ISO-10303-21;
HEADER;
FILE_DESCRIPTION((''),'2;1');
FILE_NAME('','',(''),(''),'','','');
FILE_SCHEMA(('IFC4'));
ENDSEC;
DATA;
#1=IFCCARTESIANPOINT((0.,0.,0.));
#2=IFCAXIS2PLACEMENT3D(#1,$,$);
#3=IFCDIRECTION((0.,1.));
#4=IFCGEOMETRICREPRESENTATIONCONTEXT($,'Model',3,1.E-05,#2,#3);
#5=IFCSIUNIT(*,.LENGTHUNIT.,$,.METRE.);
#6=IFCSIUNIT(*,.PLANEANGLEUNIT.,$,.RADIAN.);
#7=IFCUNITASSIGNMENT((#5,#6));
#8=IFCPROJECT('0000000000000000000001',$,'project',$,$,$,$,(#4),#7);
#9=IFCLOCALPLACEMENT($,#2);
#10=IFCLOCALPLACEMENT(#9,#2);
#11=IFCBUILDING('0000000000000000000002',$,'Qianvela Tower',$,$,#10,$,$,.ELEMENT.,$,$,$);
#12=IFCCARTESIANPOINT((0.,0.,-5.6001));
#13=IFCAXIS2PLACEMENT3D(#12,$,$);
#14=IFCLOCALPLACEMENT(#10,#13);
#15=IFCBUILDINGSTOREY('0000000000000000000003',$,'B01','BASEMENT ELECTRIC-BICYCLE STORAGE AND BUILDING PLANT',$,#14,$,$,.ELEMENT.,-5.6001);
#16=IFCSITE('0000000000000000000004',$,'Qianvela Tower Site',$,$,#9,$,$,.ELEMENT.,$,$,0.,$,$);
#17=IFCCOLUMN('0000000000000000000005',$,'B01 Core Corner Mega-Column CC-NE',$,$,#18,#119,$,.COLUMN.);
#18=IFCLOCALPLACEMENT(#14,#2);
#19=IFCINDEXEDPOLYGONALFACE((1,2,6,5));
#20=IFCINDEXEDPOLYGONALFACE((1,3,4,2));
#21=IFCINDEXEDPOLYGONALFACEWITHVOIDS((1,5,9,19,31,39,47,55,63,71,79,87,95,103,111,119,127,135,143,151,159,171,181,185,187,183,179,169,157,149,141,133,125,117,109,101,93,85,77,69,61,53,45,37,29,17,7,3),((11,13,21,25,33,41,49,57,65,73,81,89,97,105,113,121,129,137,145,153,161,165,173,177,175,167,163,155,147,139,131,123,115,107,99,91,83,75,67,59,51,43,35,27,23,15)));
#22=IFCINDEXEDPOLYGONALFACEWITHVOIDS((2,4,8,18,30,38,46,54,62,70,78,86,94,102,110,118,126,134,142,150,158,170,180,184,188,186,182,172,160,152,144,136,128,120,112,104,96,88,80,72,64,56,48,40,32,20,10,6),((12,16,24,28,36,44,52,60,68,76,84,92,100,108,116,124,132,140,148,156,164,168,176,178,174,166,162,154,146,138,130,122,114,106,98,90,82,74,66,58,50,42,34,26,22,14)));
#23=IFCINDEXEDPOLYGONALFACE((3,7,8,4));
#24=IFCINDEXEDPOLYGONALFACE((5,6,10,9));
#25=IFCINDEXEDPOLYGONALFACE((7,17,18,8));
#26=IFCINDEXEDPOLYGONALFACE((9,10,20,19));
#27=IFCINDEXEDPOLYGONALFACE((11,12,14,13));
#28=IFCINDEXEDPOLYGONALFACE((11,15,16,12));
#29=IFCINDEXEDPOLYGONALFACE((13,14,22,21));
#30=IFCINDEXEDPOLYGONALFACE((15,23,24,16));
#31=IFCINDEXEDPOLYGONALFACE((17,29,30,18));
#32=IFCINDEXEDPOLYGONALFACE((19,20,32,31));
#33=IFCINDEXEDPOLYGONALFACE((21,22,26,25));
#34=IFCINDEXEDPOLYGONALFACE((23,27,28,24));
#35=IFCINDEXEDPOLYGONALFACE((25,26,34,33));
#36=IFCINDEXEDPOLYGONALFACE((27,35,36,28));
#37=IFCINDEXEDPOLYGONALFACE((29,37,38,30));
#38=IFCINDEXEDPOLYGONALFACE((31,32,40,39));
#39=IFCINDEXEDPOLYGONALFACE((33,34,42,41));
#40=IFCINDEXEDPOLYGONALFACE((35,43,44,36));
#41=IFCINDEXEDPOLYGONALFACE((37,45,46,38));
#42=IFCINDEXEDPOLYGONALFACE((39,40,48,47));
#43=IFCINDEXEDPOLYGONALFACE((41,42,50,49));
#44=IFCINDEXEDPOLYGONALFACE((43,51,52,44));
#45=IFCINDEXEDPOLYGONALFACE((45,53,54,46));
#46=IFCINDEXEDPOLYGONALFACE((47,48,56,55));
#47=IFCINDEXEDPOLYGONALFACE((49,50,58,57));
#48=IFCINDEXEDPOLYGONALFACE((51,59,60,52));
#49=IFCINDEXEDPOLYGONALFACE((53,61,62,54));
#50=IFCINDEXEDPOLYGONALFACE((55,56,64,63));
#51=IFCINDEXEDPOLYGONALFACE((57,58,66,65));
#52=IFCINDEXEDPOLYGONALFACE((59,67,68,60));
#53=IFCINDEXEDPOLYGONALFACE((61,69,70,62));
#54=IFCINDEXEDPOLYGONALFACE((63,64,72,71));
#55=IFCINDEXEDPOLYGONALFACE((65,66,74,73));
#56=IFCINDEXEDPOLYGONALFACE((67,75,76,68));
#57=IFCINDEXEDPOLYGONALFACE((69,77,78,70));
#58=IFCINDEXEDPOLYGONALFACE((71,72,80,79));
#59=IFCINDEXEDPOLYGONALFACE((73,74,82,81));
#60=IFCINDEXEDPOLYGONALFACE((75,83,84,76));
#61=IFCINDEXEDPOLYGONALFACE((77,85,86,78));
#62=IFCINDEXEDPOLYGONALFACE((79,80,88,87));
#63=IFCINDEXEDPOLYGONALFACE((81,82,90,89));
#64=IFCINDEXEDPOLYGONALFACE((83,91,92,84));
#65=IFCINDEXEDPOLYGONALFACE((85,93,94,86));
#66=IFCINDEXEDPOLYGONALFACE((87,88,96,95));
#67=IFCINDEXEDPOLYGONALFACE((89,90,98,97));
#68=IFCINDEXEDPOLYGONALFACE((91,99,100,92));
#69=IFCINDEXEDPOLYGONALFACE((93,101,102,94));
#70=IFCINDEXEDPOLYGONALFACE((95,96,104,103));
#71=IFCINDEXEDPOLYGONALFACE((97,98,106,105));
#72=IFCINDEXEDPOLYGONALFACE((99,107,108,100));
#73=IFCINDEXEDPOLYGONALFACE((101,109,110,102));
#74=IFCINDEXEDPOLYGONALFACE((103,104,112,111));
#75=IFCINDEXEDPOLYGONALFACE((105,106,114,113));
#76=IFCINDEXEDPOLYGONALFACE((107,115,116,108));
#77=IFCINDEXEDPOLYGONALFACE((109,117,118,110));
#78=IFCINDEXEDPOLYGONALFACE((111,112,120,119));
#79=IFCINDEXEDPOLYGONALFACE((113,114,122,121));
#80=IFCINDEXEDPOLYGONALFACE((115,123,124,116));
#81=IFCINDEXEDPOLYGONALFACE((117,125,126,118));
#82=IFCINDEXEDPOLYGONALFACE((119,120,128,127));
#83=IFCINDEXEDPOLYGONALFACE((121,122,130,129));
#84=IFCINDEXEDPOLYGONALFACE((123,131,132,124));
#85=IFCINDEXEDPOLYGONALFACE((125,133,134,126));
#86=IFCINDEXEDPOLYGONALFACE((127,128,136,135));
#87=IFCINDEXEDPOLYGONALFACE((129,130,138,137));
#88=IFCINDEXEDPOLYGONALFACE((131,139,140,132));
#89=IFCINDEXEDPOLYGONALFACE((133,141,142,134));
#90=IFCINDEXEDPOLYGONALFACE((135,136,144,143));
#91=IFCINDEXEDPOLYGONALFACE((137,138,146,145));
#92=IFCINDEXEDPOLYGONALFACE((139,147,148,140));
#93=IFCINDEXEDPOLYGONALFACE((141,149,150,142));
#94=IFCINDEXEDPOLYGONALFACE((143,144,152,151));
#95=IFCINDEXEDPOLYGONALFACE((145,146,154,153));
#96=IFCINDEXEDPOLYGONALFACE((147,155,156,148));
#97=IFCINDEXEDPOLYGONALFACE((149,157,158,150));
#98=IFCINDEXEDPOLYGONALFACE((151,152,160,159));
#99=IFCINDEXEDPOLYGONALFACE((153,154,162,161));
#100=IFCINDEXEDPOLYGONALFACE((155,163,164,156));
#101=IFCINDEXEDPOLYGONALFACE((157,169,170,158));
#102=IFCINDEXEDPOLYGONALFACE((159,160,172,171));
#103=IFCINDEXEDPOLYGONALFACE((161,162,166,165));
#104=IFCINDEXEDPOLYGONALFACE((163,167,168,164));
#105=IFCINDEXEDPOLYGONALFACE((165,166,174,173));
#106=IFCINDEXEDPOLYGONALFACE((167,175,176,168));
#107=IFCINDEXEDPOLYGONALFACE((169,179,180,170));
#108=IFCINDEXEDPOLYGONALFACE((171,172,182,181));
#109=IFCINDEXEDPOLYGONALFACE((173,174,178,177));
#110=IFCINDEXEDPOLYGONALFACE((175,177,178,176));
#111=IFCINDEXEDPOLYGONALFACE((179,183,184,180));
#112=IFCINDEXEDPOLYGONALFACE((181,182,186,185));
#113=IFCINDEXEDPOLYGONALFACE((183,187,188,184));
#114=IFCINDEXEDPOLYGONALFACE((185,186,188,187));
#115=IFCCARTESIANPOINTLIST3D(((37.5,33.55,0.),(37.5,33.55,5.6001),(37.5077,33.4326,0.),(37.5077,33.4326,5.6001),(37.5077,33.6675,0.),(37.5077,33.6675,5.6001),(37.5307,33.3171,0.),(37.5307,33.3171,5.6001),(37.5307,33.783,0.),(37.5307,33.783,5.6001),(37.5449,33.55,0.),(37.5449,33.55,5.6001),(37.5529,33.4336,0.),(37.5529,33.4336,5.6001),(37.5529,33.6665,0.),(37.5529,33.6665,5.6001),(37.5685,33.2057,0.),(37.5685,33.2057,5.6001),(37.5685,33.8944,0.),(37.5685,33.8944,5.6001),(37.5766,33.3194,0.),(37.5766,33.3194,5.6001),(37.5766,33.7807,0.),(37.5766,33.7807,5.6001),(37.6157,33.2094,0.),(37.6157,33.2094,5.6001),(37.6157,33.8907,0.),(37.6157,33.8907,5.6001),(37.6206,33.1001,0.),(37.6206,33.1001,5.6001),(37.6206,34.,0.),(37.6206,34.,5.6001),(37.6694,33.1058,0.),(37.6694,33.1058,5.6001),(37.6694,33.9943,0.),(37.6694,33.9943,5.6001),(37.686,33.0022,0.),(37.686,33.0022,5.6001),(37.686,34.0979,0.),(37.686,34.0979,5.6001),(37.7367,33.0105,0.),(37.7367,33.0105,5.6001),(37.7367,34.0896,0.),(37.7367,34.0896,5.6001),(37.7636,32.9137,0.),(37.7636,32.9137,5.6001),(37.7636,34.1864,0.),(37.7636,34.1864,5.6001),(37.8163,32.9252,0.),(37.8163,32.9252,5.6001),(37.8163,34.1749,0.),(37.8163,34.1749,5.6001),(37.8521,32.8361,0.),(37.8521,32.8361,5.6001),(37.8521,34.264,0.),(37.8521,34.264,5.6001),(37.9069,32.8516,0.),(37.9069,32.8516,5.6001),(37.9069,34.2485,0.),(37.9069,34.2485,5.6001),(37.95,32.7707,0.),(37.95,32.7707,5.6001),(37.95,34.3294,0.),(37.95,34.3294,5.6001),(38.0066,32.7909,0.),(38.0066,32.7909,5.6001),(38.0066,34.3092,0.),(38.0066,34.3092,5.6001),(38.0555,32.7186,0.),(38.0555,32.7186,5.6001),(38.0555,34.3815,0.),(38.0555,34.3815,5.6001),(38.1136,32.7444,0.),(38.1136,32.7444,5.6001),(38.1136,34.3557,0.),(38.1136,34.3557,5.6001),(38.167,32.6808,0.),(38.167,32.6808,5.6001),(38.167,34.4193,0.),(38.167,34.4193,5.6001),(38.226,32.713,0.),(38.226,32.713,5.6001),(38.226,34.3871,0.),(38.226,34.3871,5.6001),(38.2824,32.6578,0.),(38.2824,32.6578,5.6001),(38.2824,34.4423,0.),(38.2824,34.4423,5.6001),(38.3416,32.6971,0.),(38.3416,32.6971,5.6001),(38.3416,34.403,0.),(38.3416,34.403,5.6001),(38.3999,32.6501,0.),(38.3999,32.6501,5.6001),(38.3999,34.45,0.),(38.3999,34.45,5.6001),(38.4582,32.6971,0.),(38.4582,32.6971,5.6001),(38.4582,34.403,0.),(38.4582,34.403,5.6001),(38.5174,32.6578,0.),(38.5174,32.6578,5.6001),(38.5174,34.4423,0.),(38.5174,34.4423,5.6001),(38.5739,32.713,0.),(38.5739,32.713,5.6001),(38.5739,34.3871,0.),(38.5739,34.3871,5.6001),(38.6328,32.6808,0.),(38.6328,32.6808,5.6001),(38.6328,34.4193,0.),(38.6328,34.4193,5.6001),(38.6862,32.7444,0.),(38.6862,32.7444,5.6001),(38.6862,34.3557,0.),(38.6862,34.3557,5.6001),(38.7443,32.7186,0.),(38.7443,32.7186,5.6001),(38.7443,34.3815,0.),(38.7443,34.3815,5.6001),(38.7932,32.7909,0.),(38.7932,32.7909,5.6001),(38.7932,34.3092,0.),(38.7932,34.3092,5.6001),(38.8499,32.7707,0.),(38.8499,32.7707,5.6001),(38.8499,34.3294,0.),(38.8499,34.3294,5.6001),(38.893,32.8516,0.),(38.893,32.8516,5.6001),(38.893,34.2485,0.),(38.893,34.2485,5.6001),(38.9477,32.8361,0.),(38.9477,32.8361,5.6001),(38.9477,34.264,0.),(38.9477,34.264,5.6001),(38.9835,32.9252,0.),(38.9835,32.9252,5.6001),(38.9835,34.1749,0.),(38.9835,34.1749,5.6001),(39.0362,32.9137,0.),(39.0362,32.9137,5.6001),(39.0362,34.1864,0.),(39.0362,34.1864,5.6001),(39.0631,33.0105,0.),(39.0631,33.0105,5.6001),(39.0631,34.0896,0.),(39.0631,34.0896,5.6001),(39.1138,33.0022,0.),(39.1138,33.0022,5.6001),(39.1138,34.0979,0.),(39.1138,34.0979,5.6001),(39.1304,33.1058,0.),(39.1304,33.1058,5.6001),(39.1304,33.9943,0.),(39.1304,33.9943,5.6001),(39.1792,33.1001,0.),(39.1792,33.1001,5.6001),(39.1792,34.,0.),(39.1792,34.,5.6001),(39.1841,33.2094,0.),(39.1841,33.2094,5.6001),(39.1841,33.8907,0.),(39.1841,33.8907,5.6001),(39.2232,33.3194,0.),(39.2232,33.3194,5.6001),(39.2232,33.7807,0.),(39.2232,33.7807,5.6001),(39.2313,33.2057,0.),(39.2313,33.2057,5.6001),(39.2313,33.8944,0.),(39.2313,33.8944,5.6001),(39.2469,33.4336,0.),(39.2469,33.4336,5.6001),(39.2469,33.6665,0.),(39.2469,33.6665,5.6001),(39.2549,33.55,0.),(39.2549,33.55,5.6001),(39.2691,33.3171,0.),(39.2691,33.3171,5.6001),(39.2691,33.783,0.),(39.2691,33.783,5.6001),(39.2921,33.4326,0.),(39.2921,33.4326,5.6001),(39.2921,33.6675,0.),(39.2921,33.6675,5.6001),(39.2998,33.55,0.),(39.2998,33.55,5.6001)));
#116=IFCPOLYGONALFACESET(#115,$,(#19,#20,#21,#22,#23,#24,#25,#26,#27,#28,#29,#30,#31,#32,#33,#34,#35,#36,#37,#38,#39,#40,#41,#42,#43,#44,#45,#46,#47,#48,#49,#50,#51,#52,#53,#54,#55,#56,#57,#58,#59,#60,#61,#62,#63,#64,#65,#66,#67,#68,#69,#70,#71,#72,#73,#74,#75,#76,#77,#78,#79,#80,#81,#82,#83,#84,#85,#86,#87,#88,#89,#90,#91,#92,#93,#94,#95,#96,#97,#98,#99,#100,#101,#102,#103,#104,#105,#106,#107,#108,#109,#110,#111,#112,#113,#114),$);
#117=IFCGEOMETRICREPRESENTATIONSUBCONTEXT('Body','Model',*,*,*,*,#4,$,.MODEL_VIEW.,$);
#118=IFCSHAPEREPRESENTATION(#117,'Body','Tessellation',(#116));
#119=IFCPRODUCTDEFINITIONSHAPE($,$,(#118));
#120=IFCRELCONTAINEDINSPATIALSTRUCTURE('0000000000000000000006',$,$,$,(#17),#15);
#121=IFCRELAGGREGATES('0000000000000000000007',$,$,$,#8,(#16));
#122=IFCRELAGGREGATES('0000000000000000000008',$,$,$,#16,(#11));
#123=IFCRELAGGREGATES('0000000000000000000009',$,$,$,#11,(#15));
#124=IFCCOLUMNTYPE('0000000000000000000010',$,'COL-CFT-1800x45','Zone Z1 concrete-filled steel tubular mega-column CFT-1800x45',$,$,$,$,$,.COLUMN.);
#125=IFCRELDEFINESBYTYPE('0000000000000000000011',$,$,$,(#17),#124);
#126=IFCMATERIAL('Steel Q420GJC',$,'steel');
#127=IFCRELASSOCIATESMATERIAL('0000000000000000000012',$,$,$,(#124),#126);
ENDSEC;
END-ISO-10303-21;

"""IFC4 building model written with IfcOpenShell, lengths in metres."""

from ifc_helpers import new_model, si_unit, direction, frame, origin, origin_2d, place, context, subcontext, project, spatial, hollow_circle, extrude, material, material_profile, profile_set, type_object, element, save


model = new_model("IFC4")

# Units and contexts
model_context = context("Model", 3, precision=1e-05, world=origin(), true_north=direction((0.0, 1.0)))
body_context = subcontext(model_context, "Body", "Model", "MODEL_VIEW")
ifc_project = project(units=[si_unit("LENGTHUNIT", "METRE"), si_unit("PLANEANGLEUNIT", "RADIAN")], contexts=[model_context])

# Site, building, storey
site_placement = place(None, origin())
site = spatial("IfcSite", under=ifc_project, at=site_placement, Name="Qianvela Tower Site", CompositionType="ELEMENT", RefElevation=0.0)
building_placement = place(site_placement, origin())
building = spatial("IfcBuilding", under=site, at=building_placement, Name="Qianvela Tower", CompositionType="ELEMENT")
storey_placement = place(building_placement, frame((0.0, 0.0, -5.6001)))
storey = spatial("IfcBuildingStorey", under=building, at=storey_placement, Name="B01", Description="BASEMENT ELECTRIC-BICYCLE STORAGE AND BUILDING PLANT", CompositionType="ELEMENT", Elevation=-5.6001)

# Column
ifc_material_1 = material(Name="Steel Q420GJC", Category="steel")
ifc_material_profile_1 = material_profile(ifc_material_1, hollow_circle(Radius=0.8999, WallThickness=0.0449, at=origin_2d()), Name="CFT-1800x45")
ifc_profile_set_1 = profile_set([ifc_material_profile_1], Name="Steel Q420GJC")
column_type_1 = type_object("IfcColumnType", Name="COL-CFT-1800x45", Description="Zone Z1 concrete-filled steel tubular mega-column CFT-1800x45", PredefinedType="COLUMN", material=ifc_profile_set_1)
for number, where, z_axis, x_axis, name in (
    (1, (38.3999, 33.55, 0.0), (0.0, 0.0, 1.0), (1.0, 0.0, 0.0), "B01 Core Corner Mega-Column CC-NE"),
):
    element("IfcColumn", number, at=place(storey_placement, frame(where, z_axis=z_axis, x_axis=x_axis)), inside=storey, type_object=column_type_1, Name=name, PredefinedType="COLUMN", context=body_context, shape_type="SweptSolid", body=[
        extrude(hollow_circle(Radius=0.8999, WallThickness=0.0449, at=origin_2d()), origin(), (0.0, 0.0, 1.0), 5.6001),
    ])

save(model, "model.ifc")
